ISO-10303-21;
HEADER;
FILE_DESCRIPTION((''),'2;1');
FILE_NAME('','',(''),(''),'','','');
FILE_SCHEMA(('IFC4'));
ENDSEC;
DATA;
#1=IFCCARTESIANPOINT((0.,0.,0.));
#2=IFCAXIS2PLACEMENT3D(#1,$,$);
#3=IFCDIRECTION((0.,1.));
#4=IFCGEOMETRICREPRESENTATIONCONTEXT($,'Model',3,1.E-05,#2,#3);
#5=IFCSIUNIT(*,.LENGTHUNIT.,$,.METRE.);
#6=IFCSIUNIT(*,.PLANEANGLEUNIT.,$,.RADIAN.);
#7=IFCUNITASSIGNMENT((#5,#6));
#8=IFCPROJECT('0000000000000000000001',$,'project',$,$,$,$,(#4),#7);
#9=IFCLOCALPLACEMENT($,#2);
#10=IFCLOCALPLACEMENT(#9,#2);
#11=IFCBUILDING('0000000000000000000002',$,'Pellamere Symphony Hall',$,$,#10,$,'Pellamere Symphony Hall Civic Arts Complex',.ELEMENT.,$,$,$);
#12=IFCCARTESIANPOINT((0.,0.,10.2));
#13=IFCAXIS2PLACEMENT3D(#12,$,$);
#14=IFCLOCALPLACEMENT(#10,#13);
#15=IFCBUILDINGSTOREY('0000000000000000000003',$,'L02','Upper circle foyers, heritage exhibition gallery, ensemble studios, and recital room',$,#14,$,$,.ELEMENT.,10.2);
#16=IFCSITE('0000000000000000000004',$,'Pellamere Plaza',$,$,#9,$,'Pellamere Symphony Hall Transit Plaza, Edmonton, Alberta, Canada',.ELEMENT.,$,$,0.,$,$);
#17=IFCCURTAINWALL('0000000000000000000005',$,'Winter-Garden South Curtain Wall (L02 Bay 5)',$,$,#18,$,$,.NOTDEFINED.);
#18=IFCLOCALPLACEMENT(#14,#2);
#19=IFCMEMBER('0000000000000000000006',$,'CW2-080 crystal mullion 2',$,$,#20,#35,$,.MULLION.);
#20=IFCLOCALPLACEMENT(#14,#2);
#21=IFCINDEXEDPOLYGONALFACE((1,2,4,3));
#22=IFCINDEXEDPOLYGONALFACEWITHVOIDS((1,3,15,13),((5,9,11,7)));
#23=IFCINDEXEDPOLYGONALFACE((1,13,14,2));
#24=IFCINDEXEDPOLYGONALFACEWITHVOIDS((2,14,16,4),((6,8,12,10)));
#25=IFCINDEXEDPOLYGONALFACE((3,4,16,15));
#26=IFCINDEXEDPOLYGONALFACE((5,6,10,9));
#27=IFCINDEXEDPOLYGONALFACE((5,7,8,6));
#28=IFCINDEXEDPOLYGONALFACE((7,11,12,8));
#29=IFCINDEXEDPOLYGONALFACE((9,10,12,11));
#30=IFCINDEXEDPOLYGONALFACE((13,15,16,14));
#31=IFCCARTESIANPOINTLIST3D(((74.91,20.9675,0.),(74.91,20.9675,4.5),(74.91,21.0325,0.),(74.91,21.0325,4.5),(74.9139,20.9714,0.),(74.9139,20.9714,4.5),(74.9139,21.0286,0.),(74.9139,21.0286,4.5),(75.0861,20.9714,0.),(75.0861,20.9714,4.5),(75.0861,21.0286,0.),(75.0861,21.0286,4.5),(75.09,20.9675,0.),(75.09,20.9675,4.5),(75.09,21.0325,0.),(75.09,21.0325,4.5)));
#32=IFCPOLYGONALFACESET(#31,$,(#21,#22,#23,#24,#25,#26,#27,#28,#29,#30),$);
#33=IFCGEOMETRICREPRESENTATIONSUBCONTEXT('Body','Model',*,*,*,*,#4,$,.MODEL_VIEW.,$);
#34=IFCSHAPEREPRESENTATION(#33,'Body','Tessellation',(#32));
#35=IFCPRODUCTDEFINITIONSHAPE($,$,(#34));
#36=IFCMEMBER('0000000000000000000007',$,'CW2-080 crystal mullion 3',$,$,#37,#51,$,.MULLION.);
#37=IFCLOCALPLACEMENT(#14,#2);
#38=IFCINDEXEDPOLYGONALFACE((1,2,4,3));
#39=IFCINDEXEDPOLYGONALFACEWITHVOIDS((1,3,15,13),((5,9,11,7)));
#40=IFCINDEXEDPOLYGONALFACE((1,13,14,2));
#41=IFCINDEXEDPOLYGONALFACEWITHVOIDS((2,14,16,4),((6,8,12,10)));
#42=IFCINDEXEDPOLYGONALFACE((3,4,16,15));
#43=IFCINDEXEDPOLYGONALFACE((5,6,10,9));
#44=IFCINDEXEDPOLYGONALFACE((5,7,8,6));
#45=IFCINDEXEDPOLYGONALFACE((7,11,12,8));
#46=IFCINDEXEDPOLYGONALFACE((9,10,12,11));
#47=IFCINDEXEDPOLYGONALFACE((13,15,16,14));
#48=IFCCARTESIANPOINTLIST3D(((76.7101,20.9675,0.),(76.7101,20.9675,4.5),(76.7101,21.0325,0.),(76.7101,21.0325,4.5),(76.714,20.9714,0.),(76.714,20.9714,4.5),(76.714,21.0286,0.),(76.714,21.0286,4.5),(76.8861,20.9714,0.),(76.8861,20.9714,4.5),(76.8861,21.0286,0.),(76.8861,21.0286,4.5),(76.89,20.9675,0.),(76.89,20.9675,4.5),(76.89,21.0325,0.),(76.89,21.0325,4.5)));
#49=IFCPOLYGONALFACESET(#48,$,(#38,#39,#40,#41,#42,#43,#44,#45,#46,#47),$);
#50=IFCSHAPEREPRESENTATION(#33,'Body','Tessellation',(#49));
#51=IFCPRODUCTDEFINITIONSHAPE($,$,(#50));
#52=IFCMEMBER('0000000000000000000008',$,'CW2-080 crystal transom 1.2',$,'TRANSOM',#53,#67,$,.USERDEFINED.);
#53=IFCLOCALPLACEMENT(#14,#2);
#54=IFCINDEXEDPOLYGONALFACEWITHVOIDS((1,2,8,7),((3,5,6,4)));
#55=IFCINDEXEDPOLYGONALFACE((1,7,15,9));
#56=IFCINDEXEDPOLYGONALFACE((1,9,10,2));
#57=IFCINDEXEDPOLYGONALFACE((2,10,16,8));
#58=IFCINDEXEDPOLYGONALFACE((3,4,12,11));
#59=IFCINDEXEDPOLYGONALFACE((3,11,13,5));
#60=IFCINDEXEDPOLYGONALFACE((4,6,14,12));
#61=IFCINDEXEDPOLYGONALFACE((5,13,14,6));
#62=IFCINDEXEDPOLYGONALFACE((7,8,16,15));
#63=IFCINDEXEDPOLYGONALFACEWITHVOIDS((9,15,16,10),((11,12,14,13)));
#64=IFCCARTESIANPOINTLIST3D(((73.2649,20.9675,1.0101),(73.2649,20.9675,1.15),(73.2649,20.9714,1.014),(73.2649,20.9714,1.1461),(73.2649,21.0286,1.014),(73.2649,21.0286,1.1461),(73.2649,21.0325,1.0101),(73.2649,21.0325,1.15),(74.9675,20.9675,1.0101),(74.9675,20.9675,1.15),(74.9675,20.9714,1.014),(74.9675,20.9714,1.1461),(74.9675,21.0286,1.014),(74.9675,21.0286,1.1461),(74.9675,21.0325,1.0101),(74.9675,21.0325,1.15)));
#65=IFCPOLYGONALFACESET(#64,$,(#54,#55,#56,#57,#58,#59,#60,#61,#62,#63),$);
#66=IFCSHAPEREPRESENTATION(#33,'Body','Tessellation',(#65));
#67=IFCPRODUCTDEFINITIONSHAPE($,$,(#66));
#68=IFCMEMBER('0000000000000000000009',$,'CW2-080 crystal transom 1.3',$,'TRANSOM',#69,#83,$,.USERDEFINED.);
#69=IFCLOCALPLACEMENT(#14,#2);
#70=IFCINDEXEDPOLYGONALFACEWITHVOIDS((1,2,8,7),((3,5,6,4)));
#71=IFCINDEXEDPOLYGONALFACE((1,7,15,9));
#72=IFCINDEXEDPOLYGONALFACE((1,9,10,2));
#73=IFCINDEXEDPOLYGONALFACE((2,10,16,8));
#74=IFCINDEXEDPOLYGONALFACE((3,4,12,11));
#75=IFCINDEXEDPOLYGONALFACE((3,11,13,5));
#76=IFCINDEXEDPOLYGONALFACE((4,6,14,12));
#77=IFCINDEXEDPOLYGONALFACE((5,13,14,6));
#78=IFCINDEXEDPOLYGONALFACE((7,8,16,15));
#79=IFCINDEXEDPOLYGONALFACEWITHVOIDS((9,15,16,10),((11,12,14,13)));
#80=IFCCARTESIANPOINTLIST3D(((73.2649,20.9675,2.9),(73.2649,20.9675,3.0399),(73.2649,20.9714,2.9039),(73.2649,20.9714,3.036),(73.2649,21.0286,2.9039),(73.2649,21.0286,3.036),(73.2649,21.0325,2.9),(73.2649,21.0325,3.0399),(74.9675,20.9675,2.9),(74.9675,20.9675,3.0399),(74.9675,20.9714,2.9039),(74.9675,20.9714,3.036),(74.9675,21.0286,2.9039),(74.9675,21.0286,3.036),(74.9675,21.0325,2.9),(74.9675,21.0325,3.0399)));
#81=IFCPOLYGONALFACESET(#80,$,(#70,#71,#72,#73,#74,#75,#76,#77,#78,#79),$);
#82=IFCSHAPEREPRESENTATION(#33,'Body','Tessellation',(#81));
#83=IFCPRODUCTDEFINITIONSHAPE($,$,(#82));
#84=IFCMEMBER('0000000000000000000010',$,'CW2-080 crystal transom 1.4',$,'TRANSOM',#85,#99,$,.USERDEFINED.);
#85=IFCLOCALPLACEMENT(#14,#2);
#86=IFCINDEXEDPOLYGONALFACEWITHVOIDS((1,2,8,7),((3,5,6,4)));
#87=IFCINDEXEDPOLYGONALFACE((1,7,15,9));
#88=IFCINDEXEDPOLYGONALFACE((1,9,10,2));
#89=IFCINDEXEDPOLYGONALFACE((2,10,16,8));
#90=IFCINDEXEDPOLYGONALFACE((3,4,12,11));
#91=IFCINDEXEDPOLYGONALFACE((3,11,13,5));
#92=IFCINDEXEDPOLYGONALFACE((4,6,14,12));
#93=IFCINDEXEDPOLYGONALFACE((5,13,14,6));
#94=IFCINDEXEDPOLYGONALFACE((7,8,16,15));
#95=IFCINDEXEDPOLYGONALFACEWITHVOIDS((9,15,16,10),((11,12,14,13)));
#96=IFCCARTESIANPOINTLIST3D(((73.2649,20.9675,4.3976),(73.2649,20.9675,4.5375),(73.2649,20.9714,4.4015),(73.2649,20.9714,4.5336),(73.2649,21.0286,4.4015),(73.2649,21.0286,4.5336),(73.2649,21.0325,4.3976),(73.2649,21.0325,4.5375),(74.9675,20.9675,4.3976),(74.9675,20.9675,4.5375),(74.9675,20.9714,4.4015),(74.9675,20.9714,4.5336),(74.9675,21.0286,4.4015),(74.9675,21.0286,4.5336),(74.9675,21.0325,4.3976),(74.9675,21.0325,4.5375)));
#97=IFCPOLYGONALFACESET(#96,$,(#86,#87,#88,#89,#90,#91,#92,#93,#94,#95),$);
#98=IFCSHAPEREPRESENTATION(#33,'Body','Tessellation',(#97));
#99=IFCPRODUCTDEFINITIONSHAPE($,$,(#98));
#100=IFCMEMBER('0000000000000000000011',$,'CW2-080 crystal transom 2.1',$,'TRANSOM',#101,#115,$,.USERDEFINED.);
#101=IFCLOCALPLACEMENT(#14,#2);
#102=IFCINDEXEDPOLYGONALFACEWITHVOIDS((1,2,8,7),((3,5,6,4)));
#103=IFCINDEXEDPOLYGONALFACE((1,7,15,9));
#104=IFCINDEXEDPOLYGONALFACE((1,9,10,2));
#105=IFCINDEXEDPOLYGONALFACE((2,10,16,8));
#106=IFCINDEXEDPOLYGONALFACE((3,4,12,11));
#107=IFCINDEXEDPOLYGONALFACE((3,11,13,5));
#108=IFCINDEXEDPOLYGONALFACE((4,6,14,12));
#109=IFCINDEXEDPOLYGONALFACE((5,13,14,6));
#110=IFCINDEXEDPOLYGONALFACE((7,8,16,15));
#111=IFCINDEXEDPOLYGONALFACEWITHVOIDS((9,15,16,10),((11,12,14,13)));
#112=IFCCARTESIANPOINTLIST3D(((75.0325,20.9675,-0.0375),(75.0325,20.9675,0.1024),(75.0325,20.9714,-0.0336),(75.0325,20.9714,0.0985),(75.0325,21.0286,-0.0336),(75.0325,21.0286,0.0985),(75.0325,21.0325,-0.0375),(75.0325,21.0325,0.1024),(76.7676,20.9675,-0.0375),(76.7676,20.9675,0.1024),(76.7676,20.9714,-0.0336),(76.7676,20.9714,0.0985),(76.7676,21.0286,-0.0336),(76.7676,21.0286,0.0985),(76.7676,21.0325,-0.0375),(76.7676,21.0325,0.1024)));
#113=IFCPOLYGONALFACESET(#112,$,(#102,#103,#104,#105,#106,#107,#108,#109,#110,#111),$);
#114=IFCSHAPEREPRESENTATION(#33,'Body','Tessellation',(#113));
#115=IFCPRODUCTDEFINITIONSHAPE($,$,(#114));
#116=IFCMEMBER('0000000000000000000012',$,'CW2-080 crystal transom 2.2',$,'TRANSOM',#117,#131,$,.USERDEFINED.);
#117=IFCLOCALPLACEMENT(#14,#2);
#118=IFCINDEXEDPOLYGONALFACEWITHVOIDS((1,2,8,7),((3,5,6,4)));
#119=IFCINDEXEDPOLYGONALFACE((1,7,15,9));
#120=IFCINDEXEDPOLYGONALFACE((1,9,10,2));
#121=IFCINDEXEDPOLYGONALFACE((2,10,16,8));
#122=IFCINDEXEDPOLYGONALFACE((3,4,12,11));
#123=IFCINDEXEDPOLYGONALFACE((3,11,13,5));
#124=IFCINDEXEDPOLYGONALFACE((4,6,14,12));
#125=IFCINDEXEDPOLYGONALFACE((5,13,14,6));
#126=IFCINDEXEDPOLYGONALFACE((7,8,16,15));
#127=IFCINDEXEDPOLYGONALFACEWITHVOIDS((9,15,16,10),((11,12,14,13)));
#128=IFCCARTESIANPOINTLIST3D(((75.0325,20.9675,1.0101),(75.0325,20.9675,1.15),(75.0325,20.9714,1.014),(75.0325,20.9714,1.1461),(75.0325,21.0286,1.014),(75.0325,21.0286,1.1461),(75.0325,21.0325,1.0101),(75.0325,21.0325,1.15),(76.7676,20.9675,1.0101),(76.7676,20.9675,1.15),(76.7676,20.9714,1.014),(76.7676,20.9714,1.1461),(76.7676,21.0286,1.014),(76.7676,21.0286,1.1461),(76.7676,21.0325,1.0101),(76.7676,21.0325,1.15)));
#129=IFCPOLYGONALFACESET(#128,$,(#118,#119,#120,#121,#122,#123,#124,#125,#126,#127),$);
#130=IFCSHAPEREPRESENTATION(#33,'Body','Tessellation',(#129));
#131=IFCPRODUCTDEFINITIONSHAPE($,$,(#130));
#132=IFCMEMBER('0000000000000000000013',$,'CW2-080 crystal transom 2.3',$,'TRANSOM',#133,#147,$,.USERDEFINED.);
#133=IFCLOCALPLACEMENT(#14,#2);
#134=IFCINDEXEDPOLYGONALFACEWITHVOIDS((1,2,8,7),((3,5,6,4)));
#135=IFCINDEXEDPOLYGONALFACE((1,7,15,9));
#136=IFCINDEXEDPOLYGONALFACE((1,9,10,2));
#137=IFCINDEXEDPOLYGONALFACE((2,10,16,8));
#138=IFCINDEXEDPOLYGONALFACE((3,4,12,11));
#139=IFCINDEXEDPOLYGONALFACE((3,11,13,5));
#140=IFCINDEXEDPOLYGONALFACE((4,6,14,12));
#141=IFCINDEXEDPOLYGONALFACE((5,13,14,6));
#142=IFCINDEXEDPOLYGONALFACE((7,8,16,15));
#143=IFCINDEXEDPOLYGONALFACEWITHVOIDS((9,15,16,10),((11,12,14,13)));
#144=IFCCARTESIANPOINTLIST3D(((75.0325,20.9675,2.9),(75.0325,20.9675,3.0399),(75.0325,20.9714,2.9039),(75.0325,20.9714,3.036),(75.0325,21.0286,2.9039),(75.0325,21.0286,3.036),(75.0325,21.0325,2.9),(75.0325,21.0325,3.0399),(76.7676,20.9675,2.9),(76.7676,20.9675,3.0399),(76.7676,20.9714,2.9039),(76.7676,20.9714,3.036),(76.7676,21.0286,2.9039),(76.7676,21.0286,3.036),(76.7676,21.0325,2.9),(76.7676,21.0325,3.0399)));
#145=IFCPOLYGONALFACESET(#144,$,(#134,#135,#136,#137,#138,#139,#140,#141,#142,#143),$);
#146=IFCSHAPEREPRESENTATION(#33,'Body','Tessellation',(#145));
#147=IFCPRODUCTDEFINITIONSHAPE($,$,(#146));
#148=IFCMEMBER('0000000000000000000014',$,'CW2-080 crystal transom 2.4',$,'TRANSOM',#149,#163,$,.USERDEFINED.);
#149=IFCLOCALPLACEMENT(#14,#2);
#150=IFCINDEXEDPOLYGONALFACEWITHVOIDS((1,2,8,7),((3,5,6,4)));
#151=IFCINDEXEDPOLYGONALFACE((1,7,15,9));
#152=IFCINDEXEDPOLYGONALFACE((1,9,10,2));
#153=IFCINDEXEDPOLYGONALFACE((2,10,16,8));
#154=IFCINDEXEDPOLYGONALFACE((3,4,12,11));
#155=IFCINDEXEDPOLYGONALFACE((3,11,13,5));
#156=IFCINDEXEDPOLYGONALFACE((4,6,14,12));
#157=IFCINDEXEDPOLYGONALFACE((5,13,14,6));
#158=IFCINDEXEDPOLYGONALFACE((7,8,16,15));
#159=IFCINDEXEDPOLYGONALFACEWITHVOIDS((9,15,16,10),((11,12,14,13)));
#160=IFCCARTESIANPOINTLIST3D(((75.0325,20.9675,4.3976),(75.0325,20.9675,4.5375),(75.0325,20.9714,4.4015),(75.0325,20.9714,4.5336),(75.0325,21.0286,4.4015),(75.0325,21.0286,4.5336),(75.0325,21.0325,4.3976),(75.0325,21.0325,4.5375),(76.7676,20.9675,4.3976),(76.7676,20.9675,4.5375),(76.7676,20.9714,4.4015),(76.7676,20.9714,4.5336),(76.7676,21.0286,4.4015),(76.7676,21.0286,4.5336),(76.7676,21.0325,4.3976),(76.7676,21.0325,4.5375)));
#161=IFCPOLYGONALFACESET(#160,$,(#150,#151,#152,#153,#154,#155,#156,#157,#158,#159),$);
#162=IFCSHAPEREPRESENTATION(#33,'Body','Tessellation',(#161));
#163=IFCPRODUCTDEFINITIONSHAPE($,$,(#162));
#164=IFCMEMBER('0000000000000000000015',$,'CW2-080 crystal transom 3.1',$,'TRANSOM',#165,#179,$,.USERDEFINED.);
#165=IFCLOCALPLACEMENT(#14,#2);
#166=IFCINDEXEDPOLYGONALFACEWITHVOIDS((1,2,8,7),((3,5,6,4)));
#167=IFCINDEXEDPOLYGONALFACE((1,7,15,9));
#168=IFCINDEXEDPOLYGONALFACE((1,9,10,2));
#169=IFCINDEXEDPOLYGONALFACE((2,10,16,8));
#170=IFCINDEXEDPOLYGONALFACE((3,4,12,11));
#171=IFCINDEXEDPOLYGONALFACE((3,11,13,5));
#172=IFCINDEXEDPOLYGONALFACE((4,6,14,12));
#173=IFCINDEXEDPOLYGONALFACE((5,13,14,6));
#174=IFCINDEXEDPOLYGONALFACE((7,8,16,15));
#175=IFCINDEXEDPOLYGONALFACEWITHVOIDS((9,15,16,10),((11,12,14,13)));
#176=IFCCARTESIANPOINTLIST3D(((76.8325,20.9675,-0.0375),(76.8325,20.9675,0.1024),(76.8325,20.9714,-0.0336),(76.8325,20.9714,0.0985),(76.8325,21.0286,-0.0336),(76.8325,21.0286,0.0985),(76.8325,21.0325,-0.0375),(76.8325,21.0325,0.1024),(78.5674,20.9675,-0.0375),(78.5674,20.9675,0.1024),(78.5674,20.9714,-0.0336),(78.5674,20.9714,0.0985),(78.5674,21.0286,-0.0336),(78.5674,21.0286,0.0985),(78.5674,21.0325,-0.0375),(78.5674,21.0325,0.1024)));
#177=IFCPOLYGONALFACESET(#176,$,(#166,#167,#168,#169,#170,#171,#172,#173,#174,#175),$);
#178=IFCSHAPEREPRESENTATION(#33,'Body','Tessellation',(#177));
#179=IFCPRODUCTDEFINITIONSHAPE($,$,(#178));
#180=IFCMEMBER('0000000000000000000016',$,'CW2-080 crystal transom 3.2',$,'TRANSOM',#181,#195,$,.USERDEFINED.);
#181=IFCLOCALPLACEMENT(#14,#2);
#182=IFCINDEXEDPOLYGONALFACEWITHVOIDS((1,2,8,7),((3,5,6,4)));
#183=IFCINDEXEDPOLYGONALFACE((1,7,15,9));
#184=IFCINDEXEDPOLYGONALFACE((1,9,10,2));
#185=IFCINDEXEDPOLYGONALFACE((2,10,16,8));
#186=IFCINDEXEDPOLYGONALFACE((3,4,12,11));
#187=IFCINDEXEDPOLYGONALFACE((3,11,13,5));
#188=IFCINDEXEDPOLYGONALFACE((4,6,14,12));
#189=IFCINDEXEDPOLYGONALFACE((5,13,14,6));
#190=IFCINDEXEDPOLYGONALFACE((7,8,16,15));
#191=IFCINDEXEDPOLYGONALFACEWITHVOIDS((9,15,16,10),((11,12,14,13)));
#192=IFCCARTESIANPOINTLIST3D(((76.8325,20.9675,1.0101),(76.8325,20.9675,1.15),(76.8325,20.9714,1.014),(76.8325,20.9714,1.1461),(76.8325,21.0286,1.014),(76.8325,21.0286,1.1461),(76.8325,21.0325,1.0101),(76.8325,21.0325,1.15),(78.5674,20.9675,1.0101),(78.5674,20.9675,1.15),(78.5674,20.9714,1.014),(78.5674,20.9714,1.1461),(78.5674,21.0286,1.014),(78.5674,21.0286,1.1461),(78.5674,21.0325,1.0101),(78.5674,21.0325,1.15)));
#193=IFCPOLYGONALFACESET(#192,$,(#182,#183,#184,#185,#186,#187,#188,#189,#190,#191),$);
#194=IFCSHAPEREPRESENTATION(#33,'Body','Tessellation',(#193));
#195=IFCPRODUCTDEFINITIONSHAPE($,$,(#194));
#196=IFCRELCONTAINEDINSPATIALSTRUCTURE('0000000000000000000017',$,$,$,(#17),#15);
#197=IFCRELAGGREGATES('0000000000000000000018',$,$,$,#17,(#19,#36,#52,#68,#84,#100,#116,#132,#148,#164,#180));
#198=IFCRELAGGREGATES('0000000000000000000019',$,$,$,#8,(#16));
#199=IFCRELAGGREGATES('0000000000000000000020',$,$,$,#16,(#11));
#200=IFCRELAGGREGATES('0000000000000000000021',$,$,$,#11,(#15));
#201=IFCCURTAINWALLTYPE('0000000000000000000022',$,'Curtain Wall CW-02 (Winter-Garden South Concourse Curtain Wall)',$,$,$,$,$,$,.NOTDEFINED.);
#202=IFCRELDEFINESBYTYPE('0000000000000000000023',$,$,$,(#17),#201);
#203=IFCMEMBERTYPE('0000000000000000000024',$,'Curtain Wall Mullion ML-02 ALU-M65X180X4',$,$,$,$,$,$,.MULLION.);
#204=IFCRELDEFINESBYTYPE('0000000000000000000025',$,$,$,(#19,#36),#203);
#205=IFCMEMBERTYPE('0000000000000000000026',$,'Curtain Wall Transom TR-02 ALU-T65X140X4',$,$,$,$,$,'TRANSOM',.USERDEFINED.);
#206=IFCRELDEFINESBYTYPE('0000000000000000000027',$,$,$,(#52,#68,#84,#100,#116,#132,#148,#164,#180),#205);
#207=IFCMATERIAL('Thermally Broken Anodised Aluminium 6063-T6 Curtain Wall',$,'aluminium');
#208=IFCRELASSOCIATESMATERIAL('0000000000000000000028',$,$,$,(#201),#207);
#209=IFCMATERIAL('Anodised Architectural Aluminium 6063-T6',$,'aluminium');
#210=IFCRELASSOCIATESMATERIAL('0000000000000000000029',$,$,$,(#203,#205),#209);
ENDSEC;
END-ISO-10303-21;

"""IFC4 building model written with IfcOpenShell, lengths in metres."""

from ifc_helpers import new_model, si_unit, direction, frame, origin, origin_2d, place, context, subcontext, project, spatial, hollow_rectangle, extrude, material, material_profile, profile_set, type_object, element, aggregate, save


model = new_model("IFC4")

# Units and contexts
model_context = context("Model", 3, precision=1e-05, world=origin(), true_north=direction((0.0, 1.0)))
body_context = subcontext(model_context, "Body", "Model", "MODEL_VIEW")
ifc_project = project(units=[si_unit("LENGTHUNIT", "METRE"), si_unit("PLANEANGLEUNIT", "RADIAN")], contexts=[model_context])

# Site, building, storey
site_placement = place(None, origin())
site = spatial("IfcSite", under=ifc_project, at=site_placement, Name="Pellamere Plaza", LongName="Pellamere Symphony Hall Transit Plaza, Edmonton, Alberta, Canada", CompositionType="ELEMENT", RefElevation=0.0)
building_placement = place(site_placement, origin())
building = spatial("IfcBuilding", under=site, at=building_placement, Name="Pellamere Symphony Hall", LongName="Pellamere Symphony Hall Civic Arts Complex", CompositionType="ELEMENT")
storey_placement = place(building_placement, frame((0.0, 0.0, 10.2)))
storey = spatial("IfcBuildingStorey", under=building, at=storey_placement, Name="L02", Description="Upper circle foyers, heritage exhibition gallery, ensemble studios, and recital room", CompositionType="ELEMENT", Elevation=10.2)

# Curtain wall, members
ifc_material_1 = material(Name="Thermally Broken Anodised Aluminium 6063-T6 Curtain Wall", Category="aluminium")
curtain_wall_type = type_object("IfcCurtainWallType", Name="Curtain Wall CW-02 (Winter-Garden South Concourse Curtain Wall)", PredefinedType="NOTDEFINED", material=ifc_material_1)
curtain_wall_placement = place(storey_placement, origin())
curtain_wall = element("IfcCurtainWall", 1, at=curtain_wall_placement, inside=storey, type_object=curtain_wall_type, Name="Winter-Garden South Curtain Wall (L02 Bay 5)", PredefinedType="NOTDEFINED")
ifc_material_2 = material(Name="Anodised Architectural Aluminium 6063-T6", Category="aluminium")
ifc_material_profile_1 = material_profile(ifc_material_2, hollow_rectangle(XDim=0.0649, YDim=0.1799, WallThickness=0.0039, at=origin_2d()), Name="ALU-M65X180X4")
ifc_profile_set_1 = profile_set([ifc_material_profile_1], Name="Anodised Architectural Aluminium 6063-T6")
member_type_1 = type_object("IfcMemberType", Name="Curtain Wall Mullion ML-02 ALU-M65X180X4", PredefinedType="MULLION", material=ifc_profile_set_1)
member_1_placement = place(storey_placement, frame((75.0, 21.0, 0.0), z_axis=(0.0, 0.0, 1.0), x_axis=(0.0, 1.0, 0.0)))
member_1 = element("IfcMember", 2, at=member_1_placement, type_object=member_type_1, Name="CW2-080 crystal mullion 2", PredefinedType="MULLION", context=body_context, shape_type="SweptSolid", body=[
    extrude(hollow_rectangle(XDim=0.0649, YDim=0.1799, WallThickness=0.0039, at=origin_2d()), origin(), (0.0, 0.0, 1.0), 4.5),
])
member_2_placement = place(storey_placement, frame((76.8, 21.0, 0.0), z_axis=(0.0, 0.0, 1.0), x_axis=(0.0, 1.0, 0.0)))
member_2 = element("IfcMember", 3, at=member_2_placement, type_object=member_type_1, Name="CW2-080 crystal mullion 3", PredefinedType="MULLION", context=body_context, shape_type="SweptSolid", body=[
    extrude(hollow_rectangle(XDim=0.0649, YDim=0.1799, WallThickness=0.0039, at=origin_2d()), origin(), (0.0, 0.0, 1.0), 4.5),
])
ifc_material_profile_2 = material_profile(ifc_material_2, hollow_rectangle(XDim=0.0649, YDim=0.1399, WallThickness=0.0039, at=origin_2d()), Name="ALU-T65X140X4")
ifc_profile_set_2 = profile_set([ifc_material_profile_2], Name="Anodised Architectural Aluminium 6063-T6")
member_type_2 = type_object("IfcMemberType", Name="Curtain Wall Transom TR-02 ALU-T65X140X4", ElementType="TRANSOM", PredefinedType="USERDEFINED", material=ifc_profile_set_2)
member_3_placement = place(storey_placement, frame((73.2649, 21.0, 1.0801), z_axis=(1.0, 0.0, 0.0), x_axis=(0.0, 1.0, 0.0)))
member_3 = element("IfcMember", 4, at=member_3_placement, type_object=member_type_2, Name="CW2-080 crystal transom 1.2", ObjectType="TRANSOM", PredefinedType="USERDEFINED", context=body_context, shape_type="SweptSolid", body=[
    extrude(hollow_rectangle(XDim=0.0649, YDim=0.1399, WallThickness=0.0039, at=origin_2d()), origin(), (0.0, 0.0, 1.0), 1.7026),
])
member_4_placement = place(storey_placement, frame((73.2649, 21.0, 2.97), z_axis=(1.0, 0.0, 0.0), x_axis=(0.0, 1.0, 0.0)))
member_4 = element("IfcMember", 5, at=member_4_placement, type_object=member_type_2, Name="CW2-080 crystal transom 1.3", ObjectType="TRANSOM", PredefinedType="USERDEFINED", context=body_context, shape_type="SweptSolid", body=[
    extrude(hollow_rectangle(XDim=0.0649, YDim=0.1399, WallThickness=0.0039, at=origin_2d()), origin(), (0.0, 0.0, 1.0), 1.7026),
])
member_5_placement = place(storey_placement, frame((73.2649, 21.0, 4.4675), z_axis=(1.0, 0.0, 0.0), x_axis=(0.0, 1.0, 0.0)))
member_5 = element("IfcMember", 6, at=member_5_placement, type_object=member_type_2, Name="CW2-080 crystal transom 1.4", ObjectType="TRANSOM", PredefinedType="USERDEFINED", context=body_context, shape_type="SweptSolid", body=[
    extrude(hollow_rectangle(XDim=0.0649, YDim=0.1399, WallThickness=0.0039, at=origin_2d()), origin(), (0.0, 0.0, 1.0), 1.7026),
])
member_6_placement = place(storey_placement, frame((75.0325, 21.0, 0.0325), z_axis=(1.0, 0.0, 0.0), x_axis=(0.0, 1.0, 0.0)))
member_6 = element("IfcMember", 7, at=member_6_placement, type_object=member_type_2, Name="CW2-080 crystal transom 2.1", ObjectType="TRANSOM", PredefinedType="USERDEFINED", context=body_context, shape_type="SweptSolid", body=[
    extrude(hollow_rectangle(XDim=0.0649, YDim=0.1399, WallThickness=0.0039, at=origin_2d()), origin(), (0.0, 0.0, 1.0), 1.7351),
])
member_7_placement = place(storey_placement, frame((75.0325, 21.0, 1.0801), z_axis=(1.0, 0.0, 0.0), x_axis=(0.0, 1.0, 0.0)))
member_7 = element("IfcMember", 8, at=member_7_placement, type_object=member_type_2, Name="CW2-080 crystal transom 2.2", ObjectType="TRANSOM", PredefinedType="USERDEFINED", context=body_context, shape_type="SweptSolid", body=[
    extrude(hollow_rectangle(XDim=0.0649, YDim=0.1399, WallThickness=0.0039, at=origin_2d()), origin(), (0.0, 0.0, 1.0), 1.7351),
])
member_8_placement = place(storey_placement, frame((75.0325, 21.0, 2.97), z_axis=(1.0, 0.0, 0.0), x_axis=(0.0, 1.0, 0.0)))
member_8 = element("IfcMember", 9, at=member_8_placement, type_object=member_type_2, Name="CW2-080 crystal transom 2.3", ObjectType="TRANSOM", PredefinedType="USERDEFINED", context=body_context, shape_type="SweptSolid", body=[
    extrude(hollow_rectangle(XDim=0.0649, YDim=0.1399, WallThickness=0.0039, at=origin_2d()), origin(), (0.0, 0.0, 1.0), 1.7351),
])
member_9_placement = place(storey_placement, frame((75.0325, 21.0, 4.4675), z_axis=(1.0, 0.0, 0.0), x_axis=(0.0, 1.0, 0.0)))
member_9 = element("IfcMember", 10, at=member_9_placement, type_object=member_type_2, Name="CW2-080 crystal transom 2.4", ObjectType="TRANSOM", PredefinedType="USERDEFINED", context=body_context, shape_type="SweptSolid", body=[
    extrude(hollow_rectangle(XDim=0.0649, YDim=0.1399, WallThickness=0.0039, at=origin_2d()), origin(), (0.0, 0.0, 1.0), 1.7351),
])
member_10_placement = place(storey_placement, frame((76.8325, 21.0, 0.0325), z_axis=(1.0, 0.0, 0.0), x_axis=(0.0, 1.0, 0.0)))
member_10 = element("IfcMember", 11, at=member_10_placement, type_object=member_type_2, Name="CW2-080 crystal transom 3.1", ObjectType="TRANSOM", PredefinedType="USERDEFINED", context=body_context, shape_type="SweptSolid", body=[
    extrude(hollow_rectangle(XDim=0.0649, YDim=0.1399, WallThickness=0.0039, at=origin_2d()), origin(), (0.0, 0.0, 1.0), 1.7349),
])
member_11_placement = place(storey_placement, frame((76.8325, 21.0, 1.0801), z_axis=(1.0, 0.0, 0.0), x_axis=(0.0, 1.0, 0.0)))
member_11 = element("IfcMember", 12, at=member_11_placement, type_object=member_type_2, Name="CW2-080 crystal transom 3.2", ObjectType="TRANSOM", PredefinedType="USERDEFINED", context=body_context, shape_type="SweptSolid", body=[
    extrude(hollow_rectangle(XDim=0.0649, YDim=0.1399, WallThickness=0.0039, at=origin_2d()), origin(), (0.0, 0.0, 1.0), 1.7349),
])

aggregate(curtain_wall, [member_1, member_2, member_3, member_4, member_5, member_6, member_7, member_8, member_9, member_10, member_11])

save(model, "model.ifc")
